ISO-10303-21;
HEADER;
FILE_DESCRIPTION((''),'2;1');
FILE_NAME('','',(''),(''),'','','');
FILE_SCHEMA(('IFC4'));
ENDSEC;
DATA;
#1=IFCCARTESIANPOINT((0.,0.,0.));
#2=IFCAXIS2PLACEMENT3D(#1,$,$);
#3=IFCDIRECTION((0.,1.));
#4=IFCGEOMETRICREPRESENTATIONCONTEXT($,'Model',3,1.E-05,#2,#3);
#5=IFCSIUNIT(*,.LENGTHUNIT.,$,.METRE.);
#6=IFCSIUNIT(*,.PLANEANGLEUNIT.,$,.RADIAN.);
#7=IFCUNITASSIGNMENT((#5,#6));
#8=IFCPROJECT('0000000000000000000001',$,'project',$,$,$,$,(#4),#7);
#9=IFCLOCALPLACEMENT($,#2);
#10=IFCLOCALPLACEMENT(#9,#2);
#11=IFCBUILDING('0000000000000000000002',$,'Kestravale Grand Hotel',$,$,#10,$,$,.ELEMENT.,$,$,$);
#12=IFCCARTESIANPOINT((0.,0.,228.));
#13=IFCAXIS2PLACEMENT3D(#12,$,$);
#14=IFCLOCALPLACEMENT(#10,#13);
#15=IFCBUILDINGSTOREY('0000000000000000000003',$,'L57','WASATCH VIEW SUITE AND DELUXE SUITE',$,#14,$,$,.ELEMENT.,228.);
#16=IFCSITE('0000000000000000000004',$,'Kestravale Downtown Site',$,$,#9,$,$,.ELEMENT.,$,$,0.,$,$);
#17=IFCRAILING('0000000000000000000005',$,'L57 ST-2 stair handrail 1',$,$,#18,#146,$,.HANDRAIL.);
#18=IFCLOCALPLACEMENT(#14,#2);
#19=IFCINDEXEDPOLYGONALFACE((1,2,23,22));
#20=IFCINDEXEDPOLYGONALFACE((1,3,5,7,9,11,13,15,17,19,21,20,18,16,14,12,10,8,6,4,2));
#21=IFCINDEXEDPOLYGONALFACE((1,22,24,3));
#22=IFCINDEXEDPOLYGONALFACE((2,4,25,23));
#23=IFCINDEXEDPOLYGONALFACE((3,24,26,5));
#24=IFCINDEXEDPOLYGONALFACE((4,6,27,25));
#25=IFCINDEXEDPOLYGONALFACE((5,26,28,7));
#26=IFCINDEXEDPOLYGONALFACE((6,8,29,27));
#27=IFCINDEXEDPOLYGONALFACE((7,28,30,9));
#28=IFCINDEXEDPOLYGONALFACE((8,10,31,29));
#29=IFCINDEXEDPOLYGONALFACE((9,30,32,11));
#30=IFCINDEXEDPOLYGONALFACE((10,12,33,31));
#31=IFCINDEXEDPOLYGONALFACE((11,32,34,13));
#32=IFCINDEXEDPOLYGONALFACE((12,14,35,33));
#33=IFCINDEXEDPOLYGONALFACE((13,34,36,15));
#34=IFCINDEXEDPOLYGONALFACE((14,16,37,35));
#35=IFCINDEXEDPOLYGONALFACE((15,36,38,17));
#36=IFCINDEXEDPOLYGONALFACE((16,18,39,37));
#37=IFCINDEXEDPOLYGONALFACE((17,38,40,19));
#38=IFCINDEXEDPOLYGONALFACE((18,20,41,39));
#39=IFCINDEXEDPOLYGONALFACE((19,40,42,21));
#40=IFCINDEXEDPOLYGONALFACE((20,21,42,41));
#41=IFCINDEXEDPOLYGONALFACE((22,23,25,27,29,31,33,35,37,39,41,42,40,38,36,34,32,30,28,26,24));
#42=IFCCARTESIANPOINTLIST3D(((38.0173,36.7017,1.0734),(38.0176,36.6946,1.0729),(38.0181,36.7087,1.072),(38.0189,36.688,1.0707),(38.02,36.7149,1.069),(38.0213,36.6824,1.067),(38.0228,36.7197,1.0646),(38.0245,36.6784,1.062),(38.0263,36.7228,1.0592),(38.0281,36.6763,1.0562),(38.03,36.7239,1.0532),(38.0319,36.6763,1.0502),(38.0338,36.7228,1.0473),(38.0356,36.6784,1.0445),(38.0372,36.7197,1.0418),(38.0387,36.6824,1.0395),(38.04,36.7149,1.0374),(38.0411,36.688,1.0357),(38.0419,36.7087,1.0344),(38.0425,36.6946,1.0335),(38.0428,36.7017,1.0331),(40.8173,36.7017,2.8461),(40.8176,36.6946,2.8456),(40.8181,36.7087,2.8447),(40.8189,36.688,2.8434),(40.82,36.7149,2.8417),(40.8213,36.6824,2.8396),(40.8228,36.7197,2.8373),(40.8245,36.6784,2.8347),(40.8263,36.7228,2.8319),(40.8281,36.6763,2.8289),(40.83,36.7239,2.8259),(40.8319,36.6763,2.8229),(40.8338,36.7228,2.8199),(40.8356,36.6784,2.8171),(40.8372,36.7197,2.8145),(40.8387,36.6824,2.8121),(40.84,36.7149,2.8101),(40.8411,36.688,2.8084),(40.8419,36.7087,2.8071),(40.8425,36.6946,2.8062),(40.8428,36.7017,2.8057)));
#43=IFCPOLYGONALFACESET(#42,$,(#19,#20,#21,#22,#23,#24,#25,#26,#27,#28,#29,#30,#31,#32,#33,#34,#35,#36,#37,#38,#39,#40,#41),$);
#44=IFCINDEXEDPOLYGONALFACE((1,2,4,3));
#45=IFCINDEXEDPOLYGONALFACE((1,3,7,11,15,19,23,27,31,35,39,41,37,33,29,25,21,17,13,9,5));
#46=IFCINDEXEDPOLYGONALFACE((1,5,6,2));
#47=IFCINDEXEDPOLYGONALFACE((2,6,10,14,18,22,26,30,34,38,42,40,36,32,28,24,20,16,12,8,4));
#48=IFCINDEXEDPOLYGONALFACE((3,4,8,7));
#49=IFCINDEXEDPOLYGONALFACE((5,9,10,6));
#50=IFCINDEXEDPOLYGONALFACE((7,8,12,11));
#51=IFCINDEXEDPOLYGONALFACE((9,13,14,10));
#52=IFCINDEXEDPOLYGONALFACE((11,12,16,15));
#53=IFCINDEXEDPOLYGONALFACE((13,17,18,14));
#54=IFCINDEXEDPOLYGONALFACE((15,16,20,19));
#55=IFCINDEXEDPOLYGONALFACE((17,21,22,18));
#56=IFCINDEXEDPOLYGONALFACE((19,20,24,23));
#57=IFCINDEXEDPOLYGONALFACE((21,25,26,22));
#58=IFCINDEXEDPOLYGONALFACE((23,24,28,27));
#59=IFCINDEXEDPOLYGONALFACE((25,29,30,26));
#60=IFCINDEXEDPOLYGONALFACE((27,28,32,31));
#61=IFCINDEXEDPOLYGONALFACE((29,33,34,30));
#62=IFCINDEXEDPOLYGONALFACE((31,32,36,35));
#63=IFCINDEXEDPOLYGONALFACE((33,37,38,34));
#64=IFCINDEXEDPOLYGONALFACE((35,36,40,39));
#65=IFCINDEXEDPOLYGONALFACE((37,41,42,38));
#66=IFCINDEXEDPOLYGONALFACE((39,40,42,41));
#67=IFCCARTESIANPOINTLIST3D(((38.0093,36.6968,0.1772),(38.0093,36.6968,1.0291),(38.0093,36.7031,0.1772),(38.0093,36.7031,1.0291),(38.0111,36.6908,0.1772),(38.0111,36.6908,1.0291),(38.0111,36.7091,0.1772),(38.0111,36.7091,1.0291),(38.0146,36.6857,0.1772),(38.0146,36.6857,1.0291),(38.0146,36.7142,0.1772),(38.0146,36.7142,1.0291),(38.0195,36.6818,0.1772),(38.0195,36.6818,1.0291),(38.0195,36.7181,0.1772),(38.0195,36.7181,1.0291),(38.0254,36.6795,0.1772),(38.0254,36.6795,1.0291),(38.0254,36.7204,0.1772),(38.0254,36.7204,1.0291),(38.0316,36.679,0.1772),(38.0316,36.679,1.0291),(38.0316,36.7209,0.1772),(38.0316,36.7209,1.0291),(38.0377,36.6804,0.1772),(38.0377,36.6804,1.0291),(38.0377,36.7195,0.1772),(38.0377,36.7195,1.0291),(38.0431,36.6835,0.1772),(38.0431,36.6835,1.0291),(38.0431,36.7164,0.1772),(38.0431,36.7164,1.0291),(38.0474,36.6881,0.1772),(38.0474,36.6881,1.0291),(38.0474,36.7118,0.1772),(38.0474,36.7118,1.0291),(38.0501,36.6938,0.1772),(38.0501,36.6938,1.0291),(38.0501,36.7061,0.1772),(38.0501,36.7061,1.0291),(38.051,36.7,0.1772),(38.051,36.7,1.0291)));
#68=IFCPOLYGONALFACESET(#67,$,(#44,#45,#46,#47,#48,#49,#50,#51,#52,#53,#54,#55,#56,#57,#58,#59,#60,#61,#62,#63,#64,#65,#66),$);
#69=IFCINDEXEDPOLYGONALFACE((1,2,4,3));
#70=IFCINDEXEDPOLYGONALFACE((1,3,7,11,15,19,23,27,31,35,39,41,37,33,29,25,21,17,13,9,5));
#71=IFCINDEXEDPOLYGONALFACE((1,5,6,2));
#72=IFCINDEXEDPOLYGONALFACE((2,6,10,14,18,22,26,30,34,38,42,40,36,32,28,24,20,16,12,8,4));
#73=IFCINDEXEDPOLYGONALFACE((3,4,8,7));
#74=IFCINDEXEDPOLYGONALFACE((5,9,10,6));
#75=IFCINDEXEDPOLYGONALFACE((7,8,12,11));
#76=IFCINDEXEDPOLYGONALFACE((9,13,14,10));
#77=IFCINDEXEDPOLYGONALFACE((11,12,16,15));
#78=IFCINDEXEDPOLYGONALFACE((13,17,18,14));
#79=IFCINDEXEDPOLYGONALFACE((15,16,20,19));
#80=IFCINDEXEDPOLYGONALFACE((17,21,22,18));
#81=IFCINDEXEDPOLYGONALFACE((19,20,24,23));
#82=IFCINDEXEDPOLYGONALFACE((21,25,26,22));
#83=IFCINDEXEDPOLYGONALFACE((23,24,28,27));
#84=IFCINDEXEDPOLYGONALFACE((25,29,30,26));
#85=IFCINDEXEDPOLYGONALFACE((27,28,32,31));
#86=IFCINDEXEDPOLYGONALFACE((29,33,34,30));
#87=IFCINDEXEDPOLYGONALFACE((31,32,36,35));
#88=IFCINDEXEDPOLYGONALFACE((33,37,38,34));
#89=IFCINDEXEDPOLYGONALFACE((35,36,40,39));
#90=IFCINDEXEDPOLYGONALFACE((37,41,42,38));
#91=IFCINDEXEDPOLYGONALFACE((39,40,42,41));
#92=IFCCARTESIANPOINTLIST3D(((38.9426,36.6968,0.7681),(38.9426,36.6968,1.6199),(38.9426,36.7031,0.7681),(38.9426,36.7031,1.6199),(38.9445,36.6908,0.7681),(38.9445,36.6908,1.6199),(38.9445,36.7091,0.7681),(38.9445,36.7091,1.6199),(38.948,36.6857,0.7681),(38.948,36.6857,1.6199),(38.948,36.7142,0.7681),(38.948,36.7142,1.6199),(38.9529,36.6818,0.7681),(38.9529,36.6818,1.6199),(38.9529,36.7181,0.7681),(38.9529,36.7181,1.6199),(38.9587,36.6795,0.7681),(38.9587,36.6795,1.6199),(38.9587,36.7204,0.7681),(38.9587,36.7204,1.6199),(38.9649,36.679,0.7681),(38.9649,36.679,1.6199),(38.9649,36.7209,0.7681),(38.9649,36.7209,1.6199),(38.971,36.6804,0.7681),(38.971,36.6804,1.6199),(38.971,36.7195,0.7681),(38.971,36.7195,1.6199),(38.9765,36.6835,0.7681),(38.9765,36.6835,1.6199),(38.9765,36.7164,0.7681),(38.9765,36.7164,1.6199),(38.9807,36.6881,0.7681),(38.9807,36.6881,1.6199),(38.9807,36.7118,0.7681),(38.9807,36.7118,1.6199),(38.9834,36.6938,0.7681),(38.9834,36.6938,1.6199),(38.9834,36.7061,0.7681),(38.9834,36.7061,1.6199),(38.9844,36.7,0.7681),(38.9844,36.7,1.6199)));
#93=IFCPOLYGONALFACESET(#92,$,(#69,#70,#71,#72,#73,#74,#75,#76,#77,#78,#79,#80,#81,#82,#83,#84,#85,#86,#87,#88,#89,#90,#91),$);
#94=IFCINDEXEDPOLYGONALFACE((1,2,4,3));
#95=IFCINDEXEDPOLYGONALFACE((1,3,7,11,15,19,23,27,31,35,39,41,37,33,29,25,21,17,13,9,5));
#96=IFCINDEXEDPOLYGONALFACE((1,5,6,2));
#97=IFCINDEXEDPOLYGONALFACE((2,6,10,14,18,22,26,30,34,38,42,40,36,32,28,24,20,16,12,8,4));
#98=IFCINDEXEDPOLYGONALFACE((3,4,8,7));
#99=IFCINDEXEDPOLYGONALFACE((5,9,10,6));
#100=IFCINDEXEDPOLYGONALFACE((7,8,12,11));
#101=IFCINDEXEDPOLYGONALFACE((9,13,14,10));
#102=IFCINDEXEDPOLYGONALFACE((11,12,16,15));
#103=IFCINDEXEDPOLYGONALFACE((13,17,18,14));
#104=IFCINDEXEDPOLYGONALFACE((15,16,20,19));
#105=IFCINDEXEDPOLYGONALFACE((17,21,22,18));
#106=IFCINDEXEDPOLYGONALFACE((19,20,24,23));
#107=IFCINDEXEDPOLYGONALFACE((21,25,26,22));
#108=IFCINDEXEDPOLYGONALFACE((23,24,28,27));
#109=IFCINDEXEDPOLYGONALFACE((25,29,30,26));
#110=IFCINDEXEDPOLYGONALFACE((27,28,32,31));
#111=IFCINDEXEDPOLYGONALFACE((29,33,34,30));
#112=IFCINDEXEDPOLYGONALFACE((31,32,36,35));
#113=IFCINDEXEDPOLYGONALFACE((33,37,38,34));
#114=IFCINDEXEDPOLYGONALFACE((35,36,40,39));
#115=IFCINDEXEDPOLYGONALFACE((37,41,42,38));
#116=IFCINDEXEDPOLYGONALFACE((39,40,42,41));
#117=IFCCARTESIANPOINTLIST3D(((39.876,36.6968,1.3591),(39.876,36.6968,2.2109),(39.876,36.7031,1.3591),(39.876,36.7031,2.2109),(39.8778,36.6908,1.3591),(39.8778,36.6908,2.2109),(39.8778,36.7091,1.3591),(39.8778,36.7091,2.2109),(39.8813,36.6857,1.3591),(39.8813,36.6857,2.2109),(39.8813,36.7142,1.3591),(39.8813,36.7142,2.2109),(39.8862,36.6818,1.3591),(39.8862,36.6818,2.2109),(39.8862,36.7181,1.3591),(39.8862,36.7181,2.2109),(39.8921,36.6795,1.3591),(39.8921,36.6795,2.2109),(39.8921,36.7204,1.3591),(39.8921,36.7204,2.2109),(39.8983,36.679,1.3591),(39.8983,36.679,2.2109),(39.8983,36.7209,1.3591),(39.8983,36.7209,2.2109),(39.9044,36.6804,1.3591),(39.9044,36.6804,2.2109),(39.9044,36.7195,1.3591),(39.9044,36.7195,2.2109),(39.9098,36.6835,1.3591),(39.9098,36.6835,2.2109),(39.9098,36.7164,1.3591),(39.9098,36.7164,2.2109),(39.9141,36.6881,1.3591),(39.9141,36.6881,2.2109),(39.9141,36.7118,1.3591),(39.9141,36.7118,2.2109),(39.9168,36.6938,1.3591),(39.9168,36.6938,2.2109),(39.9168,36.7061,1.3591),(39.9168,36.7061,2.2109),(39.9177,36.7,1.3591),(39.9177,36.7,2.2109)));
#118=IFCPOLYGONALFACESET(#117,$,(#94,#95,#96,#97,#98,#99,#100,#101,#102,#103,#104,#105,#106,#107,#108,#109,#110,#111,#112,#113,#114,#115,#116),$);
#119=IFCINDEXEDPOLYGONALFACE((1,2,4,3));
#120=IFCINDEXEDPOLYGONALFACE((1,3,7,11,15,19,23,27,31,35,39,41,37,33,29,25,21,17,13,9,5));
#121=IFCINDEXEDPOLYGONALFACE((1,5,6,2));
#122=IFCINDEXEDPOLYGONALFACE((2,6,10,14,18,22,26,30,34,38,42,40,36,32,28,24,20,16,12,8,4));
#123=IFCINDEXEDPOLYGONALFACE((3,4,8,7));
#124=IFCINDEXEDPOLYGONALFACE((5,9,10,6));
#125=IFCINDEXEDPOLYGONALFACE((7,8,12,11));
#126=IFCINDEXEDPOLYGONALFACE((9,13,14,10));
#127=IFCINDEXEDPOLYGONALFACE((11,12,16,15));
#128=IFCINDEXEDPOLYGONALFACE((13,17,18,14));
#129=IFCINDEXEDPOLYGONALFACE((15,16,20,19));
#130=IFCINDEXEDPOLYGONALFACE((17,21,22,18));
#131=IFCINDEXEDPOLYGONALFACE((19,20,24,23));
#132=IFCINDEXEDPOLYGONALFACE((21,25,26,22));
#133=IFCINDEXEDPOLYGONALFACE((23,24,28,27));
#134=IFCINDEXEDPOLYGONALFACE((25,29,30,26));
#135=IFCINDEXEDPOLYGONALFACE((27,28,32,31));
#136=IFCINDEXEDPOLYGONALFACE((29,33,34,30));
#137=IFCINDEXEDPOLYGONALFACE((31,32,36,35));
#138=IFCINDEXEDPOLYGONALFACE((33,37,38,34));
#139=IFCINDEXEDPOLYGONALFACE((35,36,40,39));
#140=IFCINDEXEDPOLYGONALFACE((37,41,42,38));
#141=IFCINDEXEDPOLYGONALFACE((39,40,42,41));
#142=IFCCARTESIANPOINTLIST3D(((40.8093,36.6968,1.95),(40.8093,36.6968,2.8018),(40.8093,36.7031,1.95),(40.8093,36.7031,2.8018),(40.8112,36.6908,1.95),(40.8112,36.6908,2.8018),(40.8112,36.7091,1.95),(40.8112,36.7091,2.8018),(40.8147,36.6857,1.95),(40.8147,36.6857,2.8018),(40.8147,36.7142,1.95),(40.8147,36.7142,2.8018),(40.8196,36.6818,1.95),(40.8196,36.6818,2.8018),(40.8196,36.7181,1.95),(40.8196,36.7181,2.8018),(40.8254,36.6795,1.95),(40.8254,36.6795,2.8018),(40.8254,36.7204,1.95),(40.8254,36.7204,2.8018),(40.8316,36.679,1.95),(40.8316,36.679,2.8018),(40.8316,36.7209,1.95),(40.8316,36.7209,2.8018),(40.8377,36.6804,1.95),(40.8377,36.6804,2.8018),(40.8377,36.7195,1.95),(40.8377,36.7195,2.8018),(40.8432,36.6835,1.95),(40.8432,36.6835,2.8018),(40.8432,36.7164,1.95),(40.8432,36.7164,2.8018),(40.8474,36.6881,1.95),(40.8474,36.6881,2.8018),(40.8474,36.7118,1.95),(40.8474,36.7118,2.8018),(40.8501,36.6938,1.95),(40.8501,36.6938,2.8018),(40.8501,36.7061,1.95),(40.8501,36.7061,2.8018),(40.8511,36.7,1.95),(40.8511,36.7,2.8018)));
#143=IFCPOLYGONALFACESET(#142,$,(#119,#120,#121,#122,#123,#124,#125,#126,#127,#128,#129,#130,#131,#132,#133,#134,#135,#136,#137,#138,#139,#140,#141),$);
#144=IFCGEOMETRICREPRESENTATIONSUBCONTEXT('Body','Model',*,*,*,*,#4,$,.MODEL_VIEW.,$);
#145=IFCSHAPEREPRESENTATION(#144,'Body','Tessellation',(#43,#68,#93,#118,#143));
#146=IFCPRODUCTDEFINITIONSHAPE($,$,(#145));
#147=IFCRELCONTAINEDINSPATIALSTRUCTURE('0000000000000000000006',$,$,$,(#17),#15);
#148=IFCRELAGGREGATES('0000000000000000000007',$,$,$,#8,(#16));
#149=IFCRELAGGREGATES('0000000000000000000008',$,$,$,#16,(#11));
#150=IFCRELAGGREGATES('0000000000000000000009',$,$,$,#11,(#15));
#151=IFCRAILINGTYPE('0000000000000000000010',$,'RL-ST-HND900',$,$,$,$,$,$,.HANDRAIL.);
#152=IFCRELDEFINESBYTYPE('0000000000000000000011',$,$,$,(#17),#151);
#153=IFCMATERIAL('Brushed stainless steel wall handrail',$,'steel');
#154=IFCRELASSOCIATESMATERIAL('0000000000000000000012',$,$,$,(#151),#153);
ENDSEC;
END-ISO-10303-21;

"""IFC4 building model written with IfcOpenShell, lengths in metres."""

from ifc_helpers import new_model, si_unit, direction, frame, origin, origin_2d, place, context, subcontext, project, spatial, circle, extrude, material, type_object, element, save


model = new_model("IFC4")

# Units and contexts
model_context = context("Model", 3, precision=1e-05, world=origin(), true_north=direction((0.0, 1.0)))
body_context = subcontext(model_context, "Body", "Model", "MODEL_VIEW")
ifc_project = project(units=[si_unit("LENGTHUNIT", "METRE"), si_unit("PLANEANGLEUNIT", "RADIAN")], contexts=[model_context])

# Site, building, storey
site_placement = place(None, origin())
site = spatial("IfcSite", under=ifc_project, at=site_placement, Name="Kestravale Downtown Site", CompositionType="ELEMENT", RefElevation=0.0)
building_placement = place(site_placement, origin())
building = spatial("IfcBuilding", under=site, at=building_placement, Name="Kestravale Grand Hotel", CompositionType="ELEMENT")
storey_placement = place(building_placement, frame((0.0, 0.0, 228.0)))
storey = spatial("IfcBuildingStorey", under=building, at=storey_placement, Name="L57", Description="WASATCH VIEW SUITE AND DELUXE SUITE", CompositionType="ELEMENT", Elevation=228.0)

# Railing
ifc_material_1 = material(Name="Brushed stainless steel wall handrail", Category="steel")
railing_type_1 = type_object("IfcRailingType", Name="RL-ST-HND900", PredefinedType="HANDRAIL", material=ifc_material_1)
railing_1_placement = place(storey_placement, frame((38.03, 36.7, 0.1772)))
element("IfcRailing", 1, at=railing_1_placement, inside=storey, type_object=railing_type_1, Name="L57 ST-2 stair handrail 1", PredefinedType="HANDRAIL", context=body_context, shape_type="SweptSolid", body=[
    extrude(circle(Radius=0.0239, at=origin_2d()), frame((0.0, 0.0, 0.876), z_axis=(0.844909, 0.0, 0.53491), x_axis=(0.0, 1.0, 0.0)), (0.0, 0.0, 1.0), 3.314),
    extrude(circle(Radius=0.021, at=origin_2d()), origin(), (0.0, 0.0, 1.0), 0.8518),
    extrude(circle(Radius=0.021, at=origin_2d()), frame((0.9333, 0.0, 0.5908)), (0.0, 0.0, 1.0), 0.8518),
    extrude(circle(Radius=0.021, at=origin_2d()), frame((1.8667, 0.0, 1.1819)), (0.0, 0.0, 1.0), 0.8518),
    extrude(circle(Radius=0.021, at=origin_2d()), frame((2.8, 0.0, 1.7727)), (0.0, 0.0, 1.0), 0.8518),
])

save(model, "model.ifc")
